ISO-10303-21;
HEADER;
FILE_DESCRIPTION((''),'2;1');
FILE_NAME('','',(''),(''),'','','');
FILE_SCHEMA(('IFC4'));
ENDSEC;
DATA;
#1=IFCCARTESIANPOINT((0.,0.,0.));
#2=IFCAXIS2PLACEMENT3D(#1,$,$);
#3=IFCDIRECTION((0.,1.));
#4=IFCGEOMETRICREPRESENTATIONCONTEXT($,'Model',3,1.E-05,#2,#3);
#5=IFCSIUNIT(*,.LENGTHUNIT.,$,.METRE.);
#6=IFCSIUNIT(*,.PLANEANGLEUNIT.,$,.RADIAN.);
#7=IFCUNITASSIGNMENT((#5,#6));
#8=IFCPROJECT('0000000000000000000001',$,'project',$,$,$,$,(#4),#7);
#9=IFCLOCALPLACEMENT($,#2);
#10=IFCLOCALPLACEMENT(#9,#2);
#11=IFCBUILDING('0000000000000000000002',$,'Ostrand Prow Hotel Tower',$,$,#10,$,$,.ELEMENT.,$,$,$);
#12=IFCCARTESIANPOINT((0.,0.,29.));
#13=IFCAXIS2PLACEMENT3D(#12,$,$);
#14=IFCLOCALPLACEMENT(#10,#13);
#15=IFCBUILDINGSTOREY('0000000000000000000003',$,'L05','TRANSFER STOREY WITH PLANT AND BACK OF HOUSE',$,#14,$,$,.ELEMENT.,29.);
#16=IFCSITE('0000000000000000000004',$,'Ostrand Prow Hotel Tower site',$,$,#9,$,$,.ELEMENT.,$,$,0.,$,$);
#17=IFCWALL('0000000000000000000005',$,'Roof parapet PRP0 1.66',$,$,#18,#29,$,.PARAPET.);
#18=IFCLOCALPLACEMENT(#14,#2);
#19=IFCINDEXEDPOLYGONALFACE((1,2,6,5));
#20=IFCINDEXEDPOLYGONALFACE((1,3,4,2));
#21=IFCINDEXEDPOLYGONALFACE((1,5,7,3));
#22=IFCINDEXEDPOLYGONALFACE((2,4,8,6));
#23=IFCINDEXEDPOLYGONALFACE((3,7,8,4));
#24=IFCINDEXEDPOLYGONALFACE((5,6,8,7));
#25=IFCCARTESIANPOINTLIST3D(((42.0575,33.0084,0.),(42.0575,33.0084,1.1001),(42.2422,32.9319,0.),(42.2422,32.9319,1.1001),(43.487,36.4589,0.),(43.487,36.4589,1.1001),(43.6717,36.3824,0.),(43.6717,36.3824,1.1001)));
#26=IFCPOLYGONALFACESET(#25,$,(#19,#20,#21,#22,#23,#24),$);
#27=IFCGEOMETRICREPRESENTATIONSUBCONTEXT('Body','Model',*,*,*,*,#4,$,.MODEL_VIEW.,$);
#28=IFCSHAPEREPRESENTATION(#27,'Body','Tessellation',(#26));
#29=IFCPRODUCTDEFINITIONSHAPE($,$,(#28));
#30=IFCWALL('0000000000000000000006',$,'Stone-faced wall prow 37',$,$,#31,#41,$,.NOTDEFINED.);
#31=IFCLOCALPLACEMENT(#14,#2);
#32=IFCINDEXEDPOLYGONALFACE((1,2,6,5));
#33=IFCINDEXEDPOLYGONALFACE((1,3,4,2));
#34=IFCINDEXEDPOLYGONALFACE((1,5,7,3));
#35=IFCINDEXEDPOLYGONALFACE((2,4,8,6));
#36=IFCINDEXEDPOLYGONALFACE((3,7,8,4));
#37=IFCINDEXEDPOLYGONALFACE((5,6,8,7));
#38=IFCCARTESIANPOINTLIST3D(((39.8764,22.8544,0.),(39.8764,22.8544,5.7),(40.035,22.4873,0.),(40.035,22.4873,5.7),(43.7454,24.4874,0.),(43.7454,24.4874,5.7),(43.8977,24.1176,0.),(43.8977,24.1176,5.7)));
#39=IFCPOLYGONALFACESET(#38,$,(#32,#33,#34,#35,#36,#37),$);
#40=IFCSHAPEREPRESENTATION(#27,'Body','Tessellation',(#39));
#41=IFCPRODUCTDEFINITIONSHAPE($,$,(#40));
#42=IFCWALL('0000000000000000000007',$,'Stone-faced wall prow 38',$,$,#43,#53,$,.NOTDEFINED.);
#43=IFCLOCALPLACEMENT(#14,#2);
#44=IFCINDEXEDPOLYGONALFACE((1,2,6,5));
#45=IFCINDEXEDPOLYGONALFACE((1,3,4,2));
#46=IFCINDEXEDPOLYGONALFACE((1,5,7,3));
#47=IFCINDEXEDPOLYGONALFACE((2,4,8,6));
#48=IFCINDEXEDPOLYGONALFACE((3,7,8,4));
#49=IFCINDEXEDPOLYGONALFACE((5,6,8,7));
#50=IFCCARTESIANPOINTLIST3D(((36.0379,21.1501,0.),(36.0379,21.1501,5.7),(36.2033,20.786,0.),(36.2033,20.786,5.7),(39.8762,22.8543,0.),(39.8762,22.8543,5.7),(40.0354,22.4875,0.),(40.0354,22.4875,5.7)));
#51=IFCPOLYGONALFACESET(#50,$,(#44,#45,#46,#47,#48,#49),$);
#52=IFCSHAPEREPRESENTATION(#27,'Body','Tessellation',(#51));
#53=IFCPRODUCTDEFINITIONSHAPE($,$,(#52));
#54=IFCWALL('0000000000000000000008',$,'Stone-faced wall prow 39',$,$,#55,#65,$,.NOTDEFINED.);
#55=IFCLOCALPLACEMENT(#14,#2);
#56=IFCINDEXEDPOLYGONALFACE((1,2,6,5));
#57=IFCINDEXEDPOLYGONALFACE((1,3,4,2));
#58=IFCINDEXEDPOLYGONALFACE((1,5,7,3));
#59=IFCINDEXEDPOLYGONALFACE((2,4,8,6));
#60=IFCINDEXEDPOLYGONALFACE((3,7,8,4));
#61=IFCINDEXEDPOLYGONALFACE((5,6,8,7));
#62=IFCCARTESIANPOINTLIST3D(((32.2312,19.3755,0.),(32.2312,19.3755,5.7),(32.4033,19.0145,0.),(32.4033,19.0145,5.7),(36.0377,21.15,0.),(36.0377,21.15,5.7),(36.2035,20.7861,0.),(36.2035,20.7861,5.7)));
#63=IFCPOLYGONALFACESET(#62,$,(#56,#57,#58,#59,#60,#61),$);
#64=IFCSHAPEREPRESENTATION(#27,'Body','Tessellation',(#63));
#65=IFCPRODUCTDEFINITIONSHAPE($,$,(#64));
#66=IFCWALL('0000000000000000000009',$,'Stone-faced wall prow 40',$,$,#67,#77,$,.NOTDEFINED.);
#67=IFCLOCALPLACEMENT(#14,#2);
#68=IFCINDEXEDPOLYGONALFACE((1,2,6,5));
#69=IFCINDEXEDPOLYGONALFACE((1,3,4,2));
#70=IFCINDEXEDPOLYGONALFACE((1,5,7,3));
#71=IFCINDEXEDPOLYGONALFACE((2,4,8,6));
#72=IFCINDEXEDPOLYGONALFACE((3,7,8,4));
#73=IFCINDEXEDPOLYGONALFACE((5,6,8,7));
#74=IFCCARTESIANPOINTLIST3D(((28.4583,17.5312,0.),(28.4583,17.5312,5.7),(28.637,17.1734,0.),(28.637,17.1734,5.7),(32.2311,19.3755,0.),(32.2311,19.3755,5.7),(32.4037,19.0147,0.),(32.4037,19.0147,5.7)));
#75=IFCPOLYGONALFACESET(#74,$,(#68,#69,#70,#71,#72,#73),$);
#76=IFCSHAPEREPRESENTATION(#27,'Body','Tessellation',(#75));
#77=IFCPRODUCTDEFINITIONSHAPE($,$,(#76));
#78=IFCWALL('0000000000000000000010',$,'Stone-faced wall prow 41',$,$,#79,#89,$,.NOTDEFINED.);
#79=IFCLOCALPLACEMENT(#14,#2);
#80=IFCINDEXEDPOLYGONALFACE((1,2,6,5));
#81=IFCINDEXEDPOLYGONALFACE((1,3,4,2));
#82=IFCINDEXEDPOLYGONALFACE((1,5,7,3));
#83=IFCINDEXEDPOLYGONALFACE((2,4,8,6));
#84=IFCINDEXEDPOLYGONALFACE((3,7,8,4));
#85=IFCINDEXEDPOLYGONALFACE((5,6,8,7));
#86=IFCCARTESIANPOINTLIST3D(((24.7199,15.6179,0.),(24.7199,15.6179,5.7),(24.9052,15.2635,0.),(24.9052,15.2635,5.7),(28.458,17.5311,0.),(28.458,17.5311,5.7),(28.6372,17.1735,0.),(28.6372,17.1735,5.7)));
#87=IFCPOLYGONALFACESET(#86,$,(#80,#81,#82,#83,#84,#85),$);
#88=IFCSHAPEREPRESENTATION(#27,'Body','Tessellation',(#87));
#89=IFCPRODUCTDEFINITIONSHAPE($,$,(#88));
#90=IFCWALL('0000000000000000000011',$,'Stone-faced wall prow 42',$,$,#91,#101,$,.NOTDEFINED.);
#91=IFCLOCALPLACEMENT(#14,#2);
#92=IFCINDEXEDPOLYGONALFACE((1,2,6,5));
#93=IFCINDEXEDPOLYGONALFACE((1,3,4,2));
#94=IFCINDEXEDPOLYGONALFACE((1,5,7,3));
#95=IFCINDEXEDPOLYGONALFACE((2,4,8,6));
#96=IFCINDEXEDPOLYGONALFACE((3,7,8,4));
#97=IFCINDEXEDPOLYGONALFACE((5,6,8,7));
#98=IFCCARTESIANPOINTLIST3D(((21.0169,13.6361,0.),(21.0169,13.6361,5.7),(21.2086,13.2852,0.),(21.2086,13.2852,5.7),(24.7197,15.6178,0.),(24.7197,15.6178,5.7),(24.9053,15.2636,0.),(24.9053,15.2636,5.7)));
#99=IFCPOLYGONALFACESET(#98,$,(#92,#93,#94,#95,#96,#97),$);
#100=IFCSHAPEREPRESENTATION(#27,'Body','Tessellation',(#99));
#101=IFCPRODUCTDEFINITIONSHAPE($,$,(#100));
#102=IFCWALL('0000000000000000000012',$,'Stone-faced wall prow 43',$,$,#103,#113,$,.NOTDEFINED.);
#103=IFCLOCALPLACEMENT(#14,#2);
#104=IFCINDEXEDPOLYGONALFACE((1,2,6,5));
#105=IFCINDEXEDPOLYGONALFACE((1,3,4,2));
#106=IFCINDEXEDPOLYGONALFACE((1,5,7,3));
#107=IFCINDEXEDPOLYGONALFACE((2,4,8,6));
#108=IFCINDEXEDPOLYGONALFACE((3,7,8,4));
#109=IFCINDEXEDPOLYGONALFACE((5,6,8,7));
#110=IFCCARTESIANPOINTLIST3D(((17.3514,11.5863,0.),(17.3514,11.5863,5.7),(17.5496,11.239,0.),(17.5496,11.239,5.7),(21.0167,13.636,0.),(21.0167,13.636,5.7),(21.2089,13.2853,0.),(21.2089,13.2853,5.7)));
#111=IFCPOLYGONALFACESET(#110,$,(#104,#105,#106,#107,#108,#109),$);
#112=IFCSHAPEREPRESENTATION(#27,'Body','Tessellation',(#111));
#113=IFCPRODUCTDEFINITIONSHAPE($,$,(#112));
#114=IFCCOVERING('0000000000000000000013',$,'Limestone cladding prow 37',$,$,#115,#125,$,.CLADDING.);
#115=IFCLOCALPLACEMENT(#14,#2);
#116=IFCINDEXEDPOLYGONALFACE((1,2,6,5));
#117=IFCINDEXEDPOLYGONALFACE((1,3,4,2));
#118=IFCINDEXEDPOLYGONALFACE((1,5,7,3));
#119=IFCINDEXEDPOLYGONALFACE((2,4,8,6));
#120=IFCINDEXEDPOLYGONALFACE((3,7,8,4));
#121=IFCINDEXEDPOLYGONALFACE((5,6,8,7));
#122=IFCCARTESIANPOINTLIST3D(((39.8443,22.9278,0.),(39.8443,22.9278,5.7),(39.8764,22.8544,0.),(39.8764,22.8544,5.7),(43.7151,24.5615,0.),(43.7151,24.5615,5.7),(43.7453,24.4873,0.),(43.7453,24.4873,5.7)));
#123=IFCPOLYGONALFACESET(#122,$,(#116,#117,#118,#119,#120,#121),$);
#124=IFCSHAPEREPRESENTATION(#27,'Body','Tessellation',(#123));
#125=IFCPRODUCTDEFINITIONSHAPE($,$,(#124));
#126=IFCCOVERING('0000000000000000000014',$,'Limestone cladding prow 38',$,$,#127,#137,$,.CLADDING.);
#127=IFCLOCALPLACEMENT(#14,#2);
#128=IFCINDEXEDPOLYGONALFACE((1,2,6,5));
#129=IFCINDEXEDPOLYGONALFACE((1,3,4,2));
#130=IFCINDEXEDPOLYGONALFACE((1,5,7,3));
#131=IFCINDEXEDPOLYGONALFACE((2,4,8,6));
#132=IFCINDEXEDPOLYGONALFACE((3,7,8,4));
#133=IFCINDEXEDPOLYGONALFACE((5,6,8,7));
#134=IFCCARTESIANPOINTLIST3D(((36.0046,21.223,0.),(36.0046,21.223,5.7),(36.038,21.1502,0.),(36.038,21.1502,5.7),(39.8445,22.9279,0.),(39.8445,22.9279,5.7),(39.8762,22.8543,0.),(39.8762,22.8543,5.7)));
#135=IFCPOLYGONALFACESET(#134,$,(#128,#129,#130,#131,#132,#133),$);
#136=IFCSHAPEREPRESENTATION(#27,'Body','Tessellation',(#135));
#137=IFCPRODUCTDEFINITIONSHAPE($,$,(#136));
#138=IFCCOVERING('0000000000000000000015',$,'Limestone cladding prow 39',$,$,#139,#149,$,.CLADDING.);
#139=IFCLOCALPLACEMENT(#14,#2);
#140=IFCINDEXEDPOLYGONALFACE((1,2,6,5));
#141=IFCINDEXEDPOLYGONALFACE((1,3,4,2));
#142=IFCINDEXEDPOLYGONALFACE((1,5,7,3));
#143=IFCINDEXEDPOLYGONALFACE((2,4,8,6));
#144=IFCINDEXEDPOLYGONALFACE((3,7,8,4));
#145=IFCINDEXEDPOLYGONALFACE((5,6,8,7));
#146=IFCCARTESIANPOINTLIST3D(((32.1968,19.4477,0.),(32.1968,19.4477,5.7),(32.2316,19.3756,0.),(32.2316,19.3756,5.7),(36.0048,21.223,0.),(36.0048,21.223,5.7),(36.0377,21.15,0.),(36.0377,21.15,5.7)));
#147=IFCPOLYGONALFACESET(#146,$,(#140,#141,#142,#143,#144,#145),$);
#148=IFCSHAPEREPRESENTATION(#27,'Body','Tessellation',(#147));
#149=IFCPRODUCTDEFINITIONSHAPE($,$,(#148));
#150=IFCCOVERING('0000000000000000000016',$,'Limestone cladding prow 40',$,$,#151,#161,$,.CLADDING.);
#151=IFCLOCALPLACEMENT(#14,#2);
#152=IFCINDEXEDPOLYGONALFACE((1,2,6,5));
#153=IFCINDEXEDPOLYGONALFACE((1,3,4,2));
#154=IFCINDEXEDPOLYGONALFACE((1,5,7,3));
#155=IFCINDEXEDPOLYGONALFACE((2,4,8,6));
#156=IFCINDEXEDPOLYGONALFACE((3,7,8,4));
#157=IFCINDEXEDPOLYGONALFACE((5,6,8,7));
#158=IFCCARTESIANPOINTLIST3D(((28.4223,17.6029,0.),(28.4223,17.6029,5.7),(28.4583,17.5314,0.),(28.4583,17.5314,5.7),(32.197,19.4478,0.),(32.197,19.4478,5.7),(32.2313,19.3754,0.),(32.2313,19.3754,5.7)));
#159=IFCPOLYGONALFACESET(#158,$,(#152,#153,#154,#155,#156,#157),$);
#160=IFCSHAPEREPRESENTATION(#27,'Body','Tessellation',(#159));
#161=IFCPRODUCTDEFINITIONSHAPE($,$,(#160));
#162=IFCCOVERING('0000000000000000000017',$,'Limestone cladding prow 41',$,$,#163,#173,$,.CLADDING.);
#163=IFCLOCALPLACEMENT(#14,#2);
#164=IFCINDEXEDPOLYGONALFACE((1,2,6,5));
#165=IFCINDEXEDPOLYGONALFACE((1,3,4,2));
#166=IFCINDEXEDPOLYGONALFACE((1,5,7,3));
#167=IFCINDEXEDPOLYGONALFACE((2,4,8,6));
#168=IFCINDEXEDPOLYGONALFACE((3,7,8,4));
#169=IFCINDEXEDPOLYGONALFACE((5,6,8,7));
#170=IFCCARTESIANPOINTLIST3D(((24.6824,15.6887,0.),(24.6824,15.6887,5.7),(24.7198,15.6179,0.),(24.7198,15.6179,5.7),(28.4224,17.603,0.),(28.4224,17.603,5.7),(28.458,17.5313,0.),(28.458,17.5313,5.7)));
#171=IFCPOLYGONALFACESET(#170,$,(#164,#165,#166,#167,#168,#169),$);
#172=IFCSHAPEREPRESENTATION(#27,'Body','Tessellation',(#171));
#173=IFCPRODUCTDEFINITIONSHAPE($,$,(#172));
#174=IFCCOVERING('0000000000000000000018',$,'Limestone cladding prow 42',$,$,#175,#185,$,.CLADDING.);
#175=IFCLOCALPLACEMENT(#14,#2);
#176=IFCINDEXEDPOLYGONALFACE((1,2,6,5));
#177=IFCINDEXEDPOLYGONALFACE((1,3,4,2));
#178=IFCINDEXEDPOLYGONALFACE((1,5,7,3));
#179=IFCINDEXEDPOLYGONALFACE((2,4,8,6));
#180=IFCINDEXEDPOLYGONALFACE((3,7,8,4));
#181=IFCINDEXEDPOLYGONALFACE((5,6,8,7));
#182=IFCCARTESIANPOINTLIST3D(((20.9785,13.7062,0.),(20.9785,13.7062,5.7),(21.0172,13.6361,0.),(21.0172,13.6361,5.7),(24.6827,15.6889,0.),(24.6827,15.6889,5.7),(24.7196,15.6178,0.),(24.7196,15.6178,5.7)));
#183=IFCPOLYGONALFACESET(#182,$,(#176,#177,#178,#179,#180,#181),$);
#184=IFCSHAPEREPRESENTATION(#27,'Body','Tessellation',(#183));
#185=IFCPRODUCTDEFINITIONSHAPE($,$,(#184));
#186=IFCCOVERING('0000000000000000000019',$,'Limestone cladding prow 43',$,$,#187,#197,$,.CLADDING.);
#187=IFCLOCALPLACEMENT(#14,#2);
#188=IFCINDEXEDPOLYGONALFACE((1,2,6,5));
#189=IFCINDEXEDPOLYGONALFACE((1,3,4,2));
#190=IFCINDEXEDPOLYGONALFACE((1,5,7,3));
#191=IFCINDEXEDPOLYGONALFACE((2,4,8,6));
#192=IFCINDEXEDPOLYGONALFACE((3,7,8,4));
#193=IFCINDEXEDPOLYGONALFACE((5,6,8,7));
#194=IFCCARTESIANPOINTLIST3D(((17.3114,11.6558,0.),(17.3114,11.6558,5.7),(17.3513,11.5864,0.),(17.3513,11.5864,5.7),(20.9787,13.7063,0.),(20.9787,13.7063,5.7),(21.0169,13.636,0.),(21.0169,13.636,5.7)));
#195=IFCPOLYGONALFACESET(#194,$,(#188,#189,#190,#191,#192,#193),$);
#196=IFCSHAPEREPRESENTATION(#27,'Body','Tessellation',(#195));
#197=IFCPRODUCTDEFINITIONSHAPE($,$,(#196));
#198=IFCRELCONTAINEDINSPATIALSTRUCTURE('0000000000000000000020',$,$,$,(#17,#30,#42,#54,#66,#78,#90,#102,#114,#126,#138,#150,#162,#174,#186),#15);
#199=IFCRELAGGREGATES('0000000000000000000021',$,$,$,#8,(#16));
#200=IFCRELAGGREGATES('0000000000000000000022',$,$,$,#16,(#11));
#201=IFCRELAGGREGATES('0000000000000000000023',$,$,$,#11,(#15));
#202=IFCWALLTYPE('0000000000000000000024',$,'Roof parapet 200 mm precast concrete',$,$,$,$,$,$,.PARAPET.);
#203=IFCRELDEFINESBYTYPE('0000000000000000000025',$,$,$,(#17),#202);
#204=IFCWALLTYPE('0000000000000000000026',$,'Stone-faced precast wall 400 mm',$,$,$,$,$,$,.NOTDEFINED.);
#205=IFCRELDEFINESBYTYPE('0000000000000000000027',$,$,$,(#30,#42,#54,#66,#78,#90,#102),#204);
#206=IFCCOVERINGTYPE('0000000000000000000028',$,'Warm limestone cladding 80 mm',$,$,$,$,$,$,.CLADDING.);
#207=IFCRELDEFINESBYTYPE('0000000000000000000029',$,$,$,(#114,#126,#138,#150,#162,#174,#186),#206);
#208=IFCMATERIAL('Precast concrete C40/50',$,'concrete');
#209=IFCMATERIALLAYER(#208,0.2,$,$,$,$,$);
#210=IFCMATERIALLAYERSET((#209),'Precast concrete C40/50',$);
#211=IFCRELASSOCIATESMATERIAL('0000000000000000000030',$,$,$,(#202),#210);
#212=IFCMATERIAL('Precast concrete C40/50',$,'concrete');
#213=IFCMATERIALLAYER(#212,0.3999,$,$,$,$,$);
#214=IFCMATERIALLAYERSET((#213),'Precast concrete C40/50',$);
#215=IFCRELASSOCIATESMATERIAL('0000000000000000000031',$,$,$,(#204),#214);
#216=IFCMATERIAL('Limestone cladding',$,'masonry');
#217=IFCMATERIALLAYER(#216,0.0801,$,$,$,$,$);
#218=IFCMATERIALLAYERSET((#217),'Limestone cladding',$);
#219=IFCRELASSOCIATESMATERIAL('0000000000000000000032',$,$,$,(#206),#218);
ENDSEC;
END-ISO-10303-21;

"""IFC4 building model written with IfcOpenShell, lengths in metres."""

from ifc_helpers import new_model, si_unit, direction, frame, frame_2d, origin, place, context, subcontext, project, spatial, polyline, rectangle, outline, extrude, material, layer, layer_set, type_object, element, save


model = new_model("IFC4")

# Units and contexts
model_context = context("Model", 3, precision=1e-05, world=origin(), true_north=direction((0.0, 1.0)))
body_context = subcontext(model_context, "Body", "Model", "MODEL_VIEW")
ifc_project = project(units=[si_unit("LENGTHUNIT", "METRE"), si_unit("PLANEANGLEUNIT", "RADIAN")], contexts=[model_context])

# Site, building, storey
site_placement = place(None, origin())
site = spatial("IfcSite", under=ifc_project, at=site_placement, Name="Ostrand Prow Hotel Tower site", CompositionType="ELEMENT", RefElevation=0.0)
building_placement = place(site_placement, origin())
building = spatial("IfcBuilding", under=site, at=building_placement, Name="Ostrand Prow Hotel Tower", CompositionType="ELEMENT")
storey_placement = place(building_placement, frame((0.0, 0.0, 29.0)))
storey = spatial("IfcBuildingStorey", under=building, at=storey_placement, Name="L05", Description="TRANSFER STOREY WITH PLANT AND BACK OF HOUSE", CompositionType="ELEMENT", Elevation=29.0)

# Walls
ifc_material_1 = material(Name="Precast concrete C40/50", Category="concrete")
ifc_layer_1 = layer(ifc_material_1, 0.2)
ifc_layer_set_1 = layer_set([ifc_layer_1], Name="Precast concrete C40/50")
wall_type_1 = type_object("IfcWallType", Name="Roof parapet 200 mm precast concrete", PredefinedType="PARAPET", material=ifc_layer_set_1)
wall_1_placement = place(storey_placement, frame((43.5793, 36.4207, 0.0), z_axis=(0.0, 0.0, 1.0), x_axis=(-0.382735, -0.923858, 0.0)))
element("IfcWall", 1, at=wall_1_placement, inside=storey, type_object=wall_type_1, Name="Roof parapet PRP0 1.66", PredefinedType="PARAPET", context=body_context, shape_type="SweptSolid", body=[
    extrude(rectangle(XDim=3.7349, YDim=0.2, at=frame_2d((1.8674, 0.0))), origin(), (0.0, 0.0, 1.0), 1.1001),
])
ifc_material_2 = material(Name="Precast concrete C40/50", Category="concrete")
ifc_layer_2 = layer(ifc_material_2, 0.3999)
ifc_layer_set_2 = layer_set([ifc_layer_2], Name="Precast concrete C40/50")
wall_type_2 = type_object("IfcWallType", Name="Stone-faced precast wall 400 mm", PredefinedType="NOTDEFINED", material=ifc_layer_set_2)
wall_2_placement = place(storey_placement, frame((43.8215, 24.3025, 0.0), z_axis=(0.0, 0.0, 1.0), x_axis=(-0.921301, -0.38885, 0.0)))
element("IfcWall", 2, at=wall_2_placement, inside=storey, type_object=wall_type_2, Name="Stone-faced wall prow 37", PredefinedType="NOTDEFINED", context=body_context, shape_type="SweptSolid", body=[
    extrude(outline(polyline([(-0.0017, -0.2), (4.1978, -0.2), (4.1943, 0.2), (0.0017, 0.2), (-0.0017, -0.2)])), origin(), (0.0, 0.0, 1.0), 5.7),
])
for number, where, z_axis, x_axis, name in (
    (3, (39.9558, 22.6709, 0.0), (0.0, 0.0, 1.0), (-0.913958, -0.405809, 0.0), "Stone-faced wall prow 38"),
    (4, (36.1206, 20.968, 0.0), (0.0, 0.0, 1.0), (-0.906355, -0.422516, 0.0), "Stone-faced wall prow 39"),
):
    element("IfcWall", number, at=place(storey_placement, frame(where, z_axis=z_axis, x_axis=x_axis)), inside=storey, type_object=wall_type_2, Name=name, PredefinedType="NOTDEFINED", context=body_context, shape_type="SweptSolid", body=[
        extrude(outline(polyline([(-0.0017, -0.2), (4.198, -0.2), (4.1946, 0.2), (0.0017, 0.2), (-0.0017, -0.2)])), origin(), (0.0, 0.0, 1.0), 5.7),
    ])
wall_3_placement = place(storey_placement, frame((32.3174, 19.1951, 0.0), z_axis=(0.0, 0.0, 1.0), x_axis=(-0.898406, -0.439166, 0.0)))
element("IfcWall", 5, at=wall_3_placement, inside=storey, type_object=wall_type_2, Name="Stone-faced wall prow 40", PredefinedType="NOTDEFINED", context=body_context, shape_type="SweptSolid", body=[
    extrude(outline(polyline([(-0.0017, -0.2), (4.1978, -0.2), (4.1943, 0.2), (0.0017, 0.2), (-0.0017, -0.2)])), origin(), (0.0, 0.0, 1.0), 5.7),
])
wall_4_placement = place(storey_placement, frame((28.5476, 17.3523, 0.0), z_axis=(0.0, 0.0, 1.0), x_axis=(-0.890187, -0.455596, 0.0)))
element("IfcWall", 6, at=wall_4_placement, inside=storey, type_object=wall_type_2, Name="Stone-faced wall prow 41", PredefinedType="NOTDEFINED", context=body_context, shape_type="SweptSolid", body=[
    extrude(outline(polyline([(-0.0017, -0.2), (4.1975, -0.2), (4.1941, 0.2), (0.0017, 0.2), (-0.0017, -0.2)])), origin(), (0.0, 0.0, 1.0), 5.7),
])
wall_5_placement = place(storey_placement, frame((24.8125, 15.4407, 0.0), z_axis=(0.0, 0.0, 1.0), x_axis=(-0.881679, -0.47185, 0.0)))
element("IfcWall", 7, at=wall_5_placement, inside=storey, type_object=wall_type_2, Name="Stone-faced wall prow 42", PredefinedType="NOTDEFINED", context=body_context, shape_type="SweptSolid", body=[
    extrude(outline(polyline([(-0.0017, -0.2), (4.198, -0.2), (4.1946, 0.2), (0.0017, 0.2), (-0.0017, -0.2)])), origin(), (0.0, 0.0, 1.0), 5.7),
])
wall_6_placement = place(storey_placement, frame((21.1128, 13.4607, 0.0), z_axis=(0.0, 0.0, 1.0), x_axis=(-0.872793, -0.488091, 0.0)))
element("IfcWall", 8, at=wall_6_placement, inside=storey, type_object=wall_type_2, Name="Stone-faced wall prow 43", PredefinedType="NOTDEFINED", context=body_context, shape_type="SweptSolid", body=[
    extrude(outline(polyline([(-0.0017, -0.2), (4.1978, -0.2), (4.1943, 0.2), (0.0017, 0.2), (-0.0017, -0.2)])), origin(), (0.0, 0.0, 1.0), 5.7),
])

# Coverings
ifc_material_3 = material(Name="Limestone cladding", Category="masonry")
ifc_layer_3 = layer(ifc_material_3, 0.0801)
ifc_layer_set_3 = layer_set([ifc_layer_3], Name="Limestone cladding")
covering_type = type_object("IfcCoveringType", Name="Warm limestone cladding 80 mm", PredefinedType="CLADDING", material=ifc_layer_set_3)
for number, where, z_axis, x_axis, name in (
    (9, (43.7302, 24.5244, 0.0), (0.0, 0.0, 1.0), (-0.921305, -0.388842, 0.0), "Limestone cladding prow 37"),
    (10, (39.8604, 22.8911, 0.0), (0.0, 0.0, 1.0), (-0.91396, -0.405804, 0.0), "Limestone cladding prow 38"),
    (11, (36.0212, 21.1865, 0.0), (0.0, 0.0, 1.0), (-0.906343, -0.422542, 0.0), "Limestone cladding prow 39"),
    (12, (32.2141, 19.4116, 0.0), (0.0, 0.0, 1.0), (-0.898436, -0.439105, 0.0), "Limestone cladding prow 40"),
    (13, (28.4402, 17.5671, 0.0), (0.0, 0.0, 1.0), (-0.890168, -0.455633, 0.0), "Limestone cladding prow 41"),
    (14, (24.7012, 15.6533, 0.0), (0.0, 0.0, 1.0), (-0.881655, -0.471894, 0.0), "Limestone cladding prow 42"),
):
    element("IfcCovering", number, at=place(storey_placement, frame(where, z_axis=z_axis, x_axis=x_axis)), inside=storey, type_object=covering_type, Name=name, PredefinedType="CLADDING", context=body_context, shape_type="SweptSolid", body=[
        extrude(outline(polyline([(-0.0005, -0.04), (4.2009, -0.04), (4.2, 0.04), (0.0005, 0.04), (-0.0005, -0.04)])), origin(), (0.0, 0.0, 1.0), 5.7),
    ])
covering_placement = place(storey_placement, frame((20.9978, 13.6711, 0.0), z_axis=(0.0, 0.0, 1.0), x_axis=(-0.87283, -0.488025, 0.0)))
element("IfcCovering", 15, at=covering_placement, inside=storey, type_object=covering_type, Name="Limestone cladding prow 43", PredefinedType="CLADDING", context=body_context, shape_type="SweptSolid", body=[
    extrude(outline(polyline([(-0.0005, -0.04), (4.2012, -0.04), (4.2002, 0.04), (0.0005, 0.04), (-0.0005, -0.04)])), origin(), (0.0, 0.0, 1.0), 5.7),
])

save(model, "model.ifc")
